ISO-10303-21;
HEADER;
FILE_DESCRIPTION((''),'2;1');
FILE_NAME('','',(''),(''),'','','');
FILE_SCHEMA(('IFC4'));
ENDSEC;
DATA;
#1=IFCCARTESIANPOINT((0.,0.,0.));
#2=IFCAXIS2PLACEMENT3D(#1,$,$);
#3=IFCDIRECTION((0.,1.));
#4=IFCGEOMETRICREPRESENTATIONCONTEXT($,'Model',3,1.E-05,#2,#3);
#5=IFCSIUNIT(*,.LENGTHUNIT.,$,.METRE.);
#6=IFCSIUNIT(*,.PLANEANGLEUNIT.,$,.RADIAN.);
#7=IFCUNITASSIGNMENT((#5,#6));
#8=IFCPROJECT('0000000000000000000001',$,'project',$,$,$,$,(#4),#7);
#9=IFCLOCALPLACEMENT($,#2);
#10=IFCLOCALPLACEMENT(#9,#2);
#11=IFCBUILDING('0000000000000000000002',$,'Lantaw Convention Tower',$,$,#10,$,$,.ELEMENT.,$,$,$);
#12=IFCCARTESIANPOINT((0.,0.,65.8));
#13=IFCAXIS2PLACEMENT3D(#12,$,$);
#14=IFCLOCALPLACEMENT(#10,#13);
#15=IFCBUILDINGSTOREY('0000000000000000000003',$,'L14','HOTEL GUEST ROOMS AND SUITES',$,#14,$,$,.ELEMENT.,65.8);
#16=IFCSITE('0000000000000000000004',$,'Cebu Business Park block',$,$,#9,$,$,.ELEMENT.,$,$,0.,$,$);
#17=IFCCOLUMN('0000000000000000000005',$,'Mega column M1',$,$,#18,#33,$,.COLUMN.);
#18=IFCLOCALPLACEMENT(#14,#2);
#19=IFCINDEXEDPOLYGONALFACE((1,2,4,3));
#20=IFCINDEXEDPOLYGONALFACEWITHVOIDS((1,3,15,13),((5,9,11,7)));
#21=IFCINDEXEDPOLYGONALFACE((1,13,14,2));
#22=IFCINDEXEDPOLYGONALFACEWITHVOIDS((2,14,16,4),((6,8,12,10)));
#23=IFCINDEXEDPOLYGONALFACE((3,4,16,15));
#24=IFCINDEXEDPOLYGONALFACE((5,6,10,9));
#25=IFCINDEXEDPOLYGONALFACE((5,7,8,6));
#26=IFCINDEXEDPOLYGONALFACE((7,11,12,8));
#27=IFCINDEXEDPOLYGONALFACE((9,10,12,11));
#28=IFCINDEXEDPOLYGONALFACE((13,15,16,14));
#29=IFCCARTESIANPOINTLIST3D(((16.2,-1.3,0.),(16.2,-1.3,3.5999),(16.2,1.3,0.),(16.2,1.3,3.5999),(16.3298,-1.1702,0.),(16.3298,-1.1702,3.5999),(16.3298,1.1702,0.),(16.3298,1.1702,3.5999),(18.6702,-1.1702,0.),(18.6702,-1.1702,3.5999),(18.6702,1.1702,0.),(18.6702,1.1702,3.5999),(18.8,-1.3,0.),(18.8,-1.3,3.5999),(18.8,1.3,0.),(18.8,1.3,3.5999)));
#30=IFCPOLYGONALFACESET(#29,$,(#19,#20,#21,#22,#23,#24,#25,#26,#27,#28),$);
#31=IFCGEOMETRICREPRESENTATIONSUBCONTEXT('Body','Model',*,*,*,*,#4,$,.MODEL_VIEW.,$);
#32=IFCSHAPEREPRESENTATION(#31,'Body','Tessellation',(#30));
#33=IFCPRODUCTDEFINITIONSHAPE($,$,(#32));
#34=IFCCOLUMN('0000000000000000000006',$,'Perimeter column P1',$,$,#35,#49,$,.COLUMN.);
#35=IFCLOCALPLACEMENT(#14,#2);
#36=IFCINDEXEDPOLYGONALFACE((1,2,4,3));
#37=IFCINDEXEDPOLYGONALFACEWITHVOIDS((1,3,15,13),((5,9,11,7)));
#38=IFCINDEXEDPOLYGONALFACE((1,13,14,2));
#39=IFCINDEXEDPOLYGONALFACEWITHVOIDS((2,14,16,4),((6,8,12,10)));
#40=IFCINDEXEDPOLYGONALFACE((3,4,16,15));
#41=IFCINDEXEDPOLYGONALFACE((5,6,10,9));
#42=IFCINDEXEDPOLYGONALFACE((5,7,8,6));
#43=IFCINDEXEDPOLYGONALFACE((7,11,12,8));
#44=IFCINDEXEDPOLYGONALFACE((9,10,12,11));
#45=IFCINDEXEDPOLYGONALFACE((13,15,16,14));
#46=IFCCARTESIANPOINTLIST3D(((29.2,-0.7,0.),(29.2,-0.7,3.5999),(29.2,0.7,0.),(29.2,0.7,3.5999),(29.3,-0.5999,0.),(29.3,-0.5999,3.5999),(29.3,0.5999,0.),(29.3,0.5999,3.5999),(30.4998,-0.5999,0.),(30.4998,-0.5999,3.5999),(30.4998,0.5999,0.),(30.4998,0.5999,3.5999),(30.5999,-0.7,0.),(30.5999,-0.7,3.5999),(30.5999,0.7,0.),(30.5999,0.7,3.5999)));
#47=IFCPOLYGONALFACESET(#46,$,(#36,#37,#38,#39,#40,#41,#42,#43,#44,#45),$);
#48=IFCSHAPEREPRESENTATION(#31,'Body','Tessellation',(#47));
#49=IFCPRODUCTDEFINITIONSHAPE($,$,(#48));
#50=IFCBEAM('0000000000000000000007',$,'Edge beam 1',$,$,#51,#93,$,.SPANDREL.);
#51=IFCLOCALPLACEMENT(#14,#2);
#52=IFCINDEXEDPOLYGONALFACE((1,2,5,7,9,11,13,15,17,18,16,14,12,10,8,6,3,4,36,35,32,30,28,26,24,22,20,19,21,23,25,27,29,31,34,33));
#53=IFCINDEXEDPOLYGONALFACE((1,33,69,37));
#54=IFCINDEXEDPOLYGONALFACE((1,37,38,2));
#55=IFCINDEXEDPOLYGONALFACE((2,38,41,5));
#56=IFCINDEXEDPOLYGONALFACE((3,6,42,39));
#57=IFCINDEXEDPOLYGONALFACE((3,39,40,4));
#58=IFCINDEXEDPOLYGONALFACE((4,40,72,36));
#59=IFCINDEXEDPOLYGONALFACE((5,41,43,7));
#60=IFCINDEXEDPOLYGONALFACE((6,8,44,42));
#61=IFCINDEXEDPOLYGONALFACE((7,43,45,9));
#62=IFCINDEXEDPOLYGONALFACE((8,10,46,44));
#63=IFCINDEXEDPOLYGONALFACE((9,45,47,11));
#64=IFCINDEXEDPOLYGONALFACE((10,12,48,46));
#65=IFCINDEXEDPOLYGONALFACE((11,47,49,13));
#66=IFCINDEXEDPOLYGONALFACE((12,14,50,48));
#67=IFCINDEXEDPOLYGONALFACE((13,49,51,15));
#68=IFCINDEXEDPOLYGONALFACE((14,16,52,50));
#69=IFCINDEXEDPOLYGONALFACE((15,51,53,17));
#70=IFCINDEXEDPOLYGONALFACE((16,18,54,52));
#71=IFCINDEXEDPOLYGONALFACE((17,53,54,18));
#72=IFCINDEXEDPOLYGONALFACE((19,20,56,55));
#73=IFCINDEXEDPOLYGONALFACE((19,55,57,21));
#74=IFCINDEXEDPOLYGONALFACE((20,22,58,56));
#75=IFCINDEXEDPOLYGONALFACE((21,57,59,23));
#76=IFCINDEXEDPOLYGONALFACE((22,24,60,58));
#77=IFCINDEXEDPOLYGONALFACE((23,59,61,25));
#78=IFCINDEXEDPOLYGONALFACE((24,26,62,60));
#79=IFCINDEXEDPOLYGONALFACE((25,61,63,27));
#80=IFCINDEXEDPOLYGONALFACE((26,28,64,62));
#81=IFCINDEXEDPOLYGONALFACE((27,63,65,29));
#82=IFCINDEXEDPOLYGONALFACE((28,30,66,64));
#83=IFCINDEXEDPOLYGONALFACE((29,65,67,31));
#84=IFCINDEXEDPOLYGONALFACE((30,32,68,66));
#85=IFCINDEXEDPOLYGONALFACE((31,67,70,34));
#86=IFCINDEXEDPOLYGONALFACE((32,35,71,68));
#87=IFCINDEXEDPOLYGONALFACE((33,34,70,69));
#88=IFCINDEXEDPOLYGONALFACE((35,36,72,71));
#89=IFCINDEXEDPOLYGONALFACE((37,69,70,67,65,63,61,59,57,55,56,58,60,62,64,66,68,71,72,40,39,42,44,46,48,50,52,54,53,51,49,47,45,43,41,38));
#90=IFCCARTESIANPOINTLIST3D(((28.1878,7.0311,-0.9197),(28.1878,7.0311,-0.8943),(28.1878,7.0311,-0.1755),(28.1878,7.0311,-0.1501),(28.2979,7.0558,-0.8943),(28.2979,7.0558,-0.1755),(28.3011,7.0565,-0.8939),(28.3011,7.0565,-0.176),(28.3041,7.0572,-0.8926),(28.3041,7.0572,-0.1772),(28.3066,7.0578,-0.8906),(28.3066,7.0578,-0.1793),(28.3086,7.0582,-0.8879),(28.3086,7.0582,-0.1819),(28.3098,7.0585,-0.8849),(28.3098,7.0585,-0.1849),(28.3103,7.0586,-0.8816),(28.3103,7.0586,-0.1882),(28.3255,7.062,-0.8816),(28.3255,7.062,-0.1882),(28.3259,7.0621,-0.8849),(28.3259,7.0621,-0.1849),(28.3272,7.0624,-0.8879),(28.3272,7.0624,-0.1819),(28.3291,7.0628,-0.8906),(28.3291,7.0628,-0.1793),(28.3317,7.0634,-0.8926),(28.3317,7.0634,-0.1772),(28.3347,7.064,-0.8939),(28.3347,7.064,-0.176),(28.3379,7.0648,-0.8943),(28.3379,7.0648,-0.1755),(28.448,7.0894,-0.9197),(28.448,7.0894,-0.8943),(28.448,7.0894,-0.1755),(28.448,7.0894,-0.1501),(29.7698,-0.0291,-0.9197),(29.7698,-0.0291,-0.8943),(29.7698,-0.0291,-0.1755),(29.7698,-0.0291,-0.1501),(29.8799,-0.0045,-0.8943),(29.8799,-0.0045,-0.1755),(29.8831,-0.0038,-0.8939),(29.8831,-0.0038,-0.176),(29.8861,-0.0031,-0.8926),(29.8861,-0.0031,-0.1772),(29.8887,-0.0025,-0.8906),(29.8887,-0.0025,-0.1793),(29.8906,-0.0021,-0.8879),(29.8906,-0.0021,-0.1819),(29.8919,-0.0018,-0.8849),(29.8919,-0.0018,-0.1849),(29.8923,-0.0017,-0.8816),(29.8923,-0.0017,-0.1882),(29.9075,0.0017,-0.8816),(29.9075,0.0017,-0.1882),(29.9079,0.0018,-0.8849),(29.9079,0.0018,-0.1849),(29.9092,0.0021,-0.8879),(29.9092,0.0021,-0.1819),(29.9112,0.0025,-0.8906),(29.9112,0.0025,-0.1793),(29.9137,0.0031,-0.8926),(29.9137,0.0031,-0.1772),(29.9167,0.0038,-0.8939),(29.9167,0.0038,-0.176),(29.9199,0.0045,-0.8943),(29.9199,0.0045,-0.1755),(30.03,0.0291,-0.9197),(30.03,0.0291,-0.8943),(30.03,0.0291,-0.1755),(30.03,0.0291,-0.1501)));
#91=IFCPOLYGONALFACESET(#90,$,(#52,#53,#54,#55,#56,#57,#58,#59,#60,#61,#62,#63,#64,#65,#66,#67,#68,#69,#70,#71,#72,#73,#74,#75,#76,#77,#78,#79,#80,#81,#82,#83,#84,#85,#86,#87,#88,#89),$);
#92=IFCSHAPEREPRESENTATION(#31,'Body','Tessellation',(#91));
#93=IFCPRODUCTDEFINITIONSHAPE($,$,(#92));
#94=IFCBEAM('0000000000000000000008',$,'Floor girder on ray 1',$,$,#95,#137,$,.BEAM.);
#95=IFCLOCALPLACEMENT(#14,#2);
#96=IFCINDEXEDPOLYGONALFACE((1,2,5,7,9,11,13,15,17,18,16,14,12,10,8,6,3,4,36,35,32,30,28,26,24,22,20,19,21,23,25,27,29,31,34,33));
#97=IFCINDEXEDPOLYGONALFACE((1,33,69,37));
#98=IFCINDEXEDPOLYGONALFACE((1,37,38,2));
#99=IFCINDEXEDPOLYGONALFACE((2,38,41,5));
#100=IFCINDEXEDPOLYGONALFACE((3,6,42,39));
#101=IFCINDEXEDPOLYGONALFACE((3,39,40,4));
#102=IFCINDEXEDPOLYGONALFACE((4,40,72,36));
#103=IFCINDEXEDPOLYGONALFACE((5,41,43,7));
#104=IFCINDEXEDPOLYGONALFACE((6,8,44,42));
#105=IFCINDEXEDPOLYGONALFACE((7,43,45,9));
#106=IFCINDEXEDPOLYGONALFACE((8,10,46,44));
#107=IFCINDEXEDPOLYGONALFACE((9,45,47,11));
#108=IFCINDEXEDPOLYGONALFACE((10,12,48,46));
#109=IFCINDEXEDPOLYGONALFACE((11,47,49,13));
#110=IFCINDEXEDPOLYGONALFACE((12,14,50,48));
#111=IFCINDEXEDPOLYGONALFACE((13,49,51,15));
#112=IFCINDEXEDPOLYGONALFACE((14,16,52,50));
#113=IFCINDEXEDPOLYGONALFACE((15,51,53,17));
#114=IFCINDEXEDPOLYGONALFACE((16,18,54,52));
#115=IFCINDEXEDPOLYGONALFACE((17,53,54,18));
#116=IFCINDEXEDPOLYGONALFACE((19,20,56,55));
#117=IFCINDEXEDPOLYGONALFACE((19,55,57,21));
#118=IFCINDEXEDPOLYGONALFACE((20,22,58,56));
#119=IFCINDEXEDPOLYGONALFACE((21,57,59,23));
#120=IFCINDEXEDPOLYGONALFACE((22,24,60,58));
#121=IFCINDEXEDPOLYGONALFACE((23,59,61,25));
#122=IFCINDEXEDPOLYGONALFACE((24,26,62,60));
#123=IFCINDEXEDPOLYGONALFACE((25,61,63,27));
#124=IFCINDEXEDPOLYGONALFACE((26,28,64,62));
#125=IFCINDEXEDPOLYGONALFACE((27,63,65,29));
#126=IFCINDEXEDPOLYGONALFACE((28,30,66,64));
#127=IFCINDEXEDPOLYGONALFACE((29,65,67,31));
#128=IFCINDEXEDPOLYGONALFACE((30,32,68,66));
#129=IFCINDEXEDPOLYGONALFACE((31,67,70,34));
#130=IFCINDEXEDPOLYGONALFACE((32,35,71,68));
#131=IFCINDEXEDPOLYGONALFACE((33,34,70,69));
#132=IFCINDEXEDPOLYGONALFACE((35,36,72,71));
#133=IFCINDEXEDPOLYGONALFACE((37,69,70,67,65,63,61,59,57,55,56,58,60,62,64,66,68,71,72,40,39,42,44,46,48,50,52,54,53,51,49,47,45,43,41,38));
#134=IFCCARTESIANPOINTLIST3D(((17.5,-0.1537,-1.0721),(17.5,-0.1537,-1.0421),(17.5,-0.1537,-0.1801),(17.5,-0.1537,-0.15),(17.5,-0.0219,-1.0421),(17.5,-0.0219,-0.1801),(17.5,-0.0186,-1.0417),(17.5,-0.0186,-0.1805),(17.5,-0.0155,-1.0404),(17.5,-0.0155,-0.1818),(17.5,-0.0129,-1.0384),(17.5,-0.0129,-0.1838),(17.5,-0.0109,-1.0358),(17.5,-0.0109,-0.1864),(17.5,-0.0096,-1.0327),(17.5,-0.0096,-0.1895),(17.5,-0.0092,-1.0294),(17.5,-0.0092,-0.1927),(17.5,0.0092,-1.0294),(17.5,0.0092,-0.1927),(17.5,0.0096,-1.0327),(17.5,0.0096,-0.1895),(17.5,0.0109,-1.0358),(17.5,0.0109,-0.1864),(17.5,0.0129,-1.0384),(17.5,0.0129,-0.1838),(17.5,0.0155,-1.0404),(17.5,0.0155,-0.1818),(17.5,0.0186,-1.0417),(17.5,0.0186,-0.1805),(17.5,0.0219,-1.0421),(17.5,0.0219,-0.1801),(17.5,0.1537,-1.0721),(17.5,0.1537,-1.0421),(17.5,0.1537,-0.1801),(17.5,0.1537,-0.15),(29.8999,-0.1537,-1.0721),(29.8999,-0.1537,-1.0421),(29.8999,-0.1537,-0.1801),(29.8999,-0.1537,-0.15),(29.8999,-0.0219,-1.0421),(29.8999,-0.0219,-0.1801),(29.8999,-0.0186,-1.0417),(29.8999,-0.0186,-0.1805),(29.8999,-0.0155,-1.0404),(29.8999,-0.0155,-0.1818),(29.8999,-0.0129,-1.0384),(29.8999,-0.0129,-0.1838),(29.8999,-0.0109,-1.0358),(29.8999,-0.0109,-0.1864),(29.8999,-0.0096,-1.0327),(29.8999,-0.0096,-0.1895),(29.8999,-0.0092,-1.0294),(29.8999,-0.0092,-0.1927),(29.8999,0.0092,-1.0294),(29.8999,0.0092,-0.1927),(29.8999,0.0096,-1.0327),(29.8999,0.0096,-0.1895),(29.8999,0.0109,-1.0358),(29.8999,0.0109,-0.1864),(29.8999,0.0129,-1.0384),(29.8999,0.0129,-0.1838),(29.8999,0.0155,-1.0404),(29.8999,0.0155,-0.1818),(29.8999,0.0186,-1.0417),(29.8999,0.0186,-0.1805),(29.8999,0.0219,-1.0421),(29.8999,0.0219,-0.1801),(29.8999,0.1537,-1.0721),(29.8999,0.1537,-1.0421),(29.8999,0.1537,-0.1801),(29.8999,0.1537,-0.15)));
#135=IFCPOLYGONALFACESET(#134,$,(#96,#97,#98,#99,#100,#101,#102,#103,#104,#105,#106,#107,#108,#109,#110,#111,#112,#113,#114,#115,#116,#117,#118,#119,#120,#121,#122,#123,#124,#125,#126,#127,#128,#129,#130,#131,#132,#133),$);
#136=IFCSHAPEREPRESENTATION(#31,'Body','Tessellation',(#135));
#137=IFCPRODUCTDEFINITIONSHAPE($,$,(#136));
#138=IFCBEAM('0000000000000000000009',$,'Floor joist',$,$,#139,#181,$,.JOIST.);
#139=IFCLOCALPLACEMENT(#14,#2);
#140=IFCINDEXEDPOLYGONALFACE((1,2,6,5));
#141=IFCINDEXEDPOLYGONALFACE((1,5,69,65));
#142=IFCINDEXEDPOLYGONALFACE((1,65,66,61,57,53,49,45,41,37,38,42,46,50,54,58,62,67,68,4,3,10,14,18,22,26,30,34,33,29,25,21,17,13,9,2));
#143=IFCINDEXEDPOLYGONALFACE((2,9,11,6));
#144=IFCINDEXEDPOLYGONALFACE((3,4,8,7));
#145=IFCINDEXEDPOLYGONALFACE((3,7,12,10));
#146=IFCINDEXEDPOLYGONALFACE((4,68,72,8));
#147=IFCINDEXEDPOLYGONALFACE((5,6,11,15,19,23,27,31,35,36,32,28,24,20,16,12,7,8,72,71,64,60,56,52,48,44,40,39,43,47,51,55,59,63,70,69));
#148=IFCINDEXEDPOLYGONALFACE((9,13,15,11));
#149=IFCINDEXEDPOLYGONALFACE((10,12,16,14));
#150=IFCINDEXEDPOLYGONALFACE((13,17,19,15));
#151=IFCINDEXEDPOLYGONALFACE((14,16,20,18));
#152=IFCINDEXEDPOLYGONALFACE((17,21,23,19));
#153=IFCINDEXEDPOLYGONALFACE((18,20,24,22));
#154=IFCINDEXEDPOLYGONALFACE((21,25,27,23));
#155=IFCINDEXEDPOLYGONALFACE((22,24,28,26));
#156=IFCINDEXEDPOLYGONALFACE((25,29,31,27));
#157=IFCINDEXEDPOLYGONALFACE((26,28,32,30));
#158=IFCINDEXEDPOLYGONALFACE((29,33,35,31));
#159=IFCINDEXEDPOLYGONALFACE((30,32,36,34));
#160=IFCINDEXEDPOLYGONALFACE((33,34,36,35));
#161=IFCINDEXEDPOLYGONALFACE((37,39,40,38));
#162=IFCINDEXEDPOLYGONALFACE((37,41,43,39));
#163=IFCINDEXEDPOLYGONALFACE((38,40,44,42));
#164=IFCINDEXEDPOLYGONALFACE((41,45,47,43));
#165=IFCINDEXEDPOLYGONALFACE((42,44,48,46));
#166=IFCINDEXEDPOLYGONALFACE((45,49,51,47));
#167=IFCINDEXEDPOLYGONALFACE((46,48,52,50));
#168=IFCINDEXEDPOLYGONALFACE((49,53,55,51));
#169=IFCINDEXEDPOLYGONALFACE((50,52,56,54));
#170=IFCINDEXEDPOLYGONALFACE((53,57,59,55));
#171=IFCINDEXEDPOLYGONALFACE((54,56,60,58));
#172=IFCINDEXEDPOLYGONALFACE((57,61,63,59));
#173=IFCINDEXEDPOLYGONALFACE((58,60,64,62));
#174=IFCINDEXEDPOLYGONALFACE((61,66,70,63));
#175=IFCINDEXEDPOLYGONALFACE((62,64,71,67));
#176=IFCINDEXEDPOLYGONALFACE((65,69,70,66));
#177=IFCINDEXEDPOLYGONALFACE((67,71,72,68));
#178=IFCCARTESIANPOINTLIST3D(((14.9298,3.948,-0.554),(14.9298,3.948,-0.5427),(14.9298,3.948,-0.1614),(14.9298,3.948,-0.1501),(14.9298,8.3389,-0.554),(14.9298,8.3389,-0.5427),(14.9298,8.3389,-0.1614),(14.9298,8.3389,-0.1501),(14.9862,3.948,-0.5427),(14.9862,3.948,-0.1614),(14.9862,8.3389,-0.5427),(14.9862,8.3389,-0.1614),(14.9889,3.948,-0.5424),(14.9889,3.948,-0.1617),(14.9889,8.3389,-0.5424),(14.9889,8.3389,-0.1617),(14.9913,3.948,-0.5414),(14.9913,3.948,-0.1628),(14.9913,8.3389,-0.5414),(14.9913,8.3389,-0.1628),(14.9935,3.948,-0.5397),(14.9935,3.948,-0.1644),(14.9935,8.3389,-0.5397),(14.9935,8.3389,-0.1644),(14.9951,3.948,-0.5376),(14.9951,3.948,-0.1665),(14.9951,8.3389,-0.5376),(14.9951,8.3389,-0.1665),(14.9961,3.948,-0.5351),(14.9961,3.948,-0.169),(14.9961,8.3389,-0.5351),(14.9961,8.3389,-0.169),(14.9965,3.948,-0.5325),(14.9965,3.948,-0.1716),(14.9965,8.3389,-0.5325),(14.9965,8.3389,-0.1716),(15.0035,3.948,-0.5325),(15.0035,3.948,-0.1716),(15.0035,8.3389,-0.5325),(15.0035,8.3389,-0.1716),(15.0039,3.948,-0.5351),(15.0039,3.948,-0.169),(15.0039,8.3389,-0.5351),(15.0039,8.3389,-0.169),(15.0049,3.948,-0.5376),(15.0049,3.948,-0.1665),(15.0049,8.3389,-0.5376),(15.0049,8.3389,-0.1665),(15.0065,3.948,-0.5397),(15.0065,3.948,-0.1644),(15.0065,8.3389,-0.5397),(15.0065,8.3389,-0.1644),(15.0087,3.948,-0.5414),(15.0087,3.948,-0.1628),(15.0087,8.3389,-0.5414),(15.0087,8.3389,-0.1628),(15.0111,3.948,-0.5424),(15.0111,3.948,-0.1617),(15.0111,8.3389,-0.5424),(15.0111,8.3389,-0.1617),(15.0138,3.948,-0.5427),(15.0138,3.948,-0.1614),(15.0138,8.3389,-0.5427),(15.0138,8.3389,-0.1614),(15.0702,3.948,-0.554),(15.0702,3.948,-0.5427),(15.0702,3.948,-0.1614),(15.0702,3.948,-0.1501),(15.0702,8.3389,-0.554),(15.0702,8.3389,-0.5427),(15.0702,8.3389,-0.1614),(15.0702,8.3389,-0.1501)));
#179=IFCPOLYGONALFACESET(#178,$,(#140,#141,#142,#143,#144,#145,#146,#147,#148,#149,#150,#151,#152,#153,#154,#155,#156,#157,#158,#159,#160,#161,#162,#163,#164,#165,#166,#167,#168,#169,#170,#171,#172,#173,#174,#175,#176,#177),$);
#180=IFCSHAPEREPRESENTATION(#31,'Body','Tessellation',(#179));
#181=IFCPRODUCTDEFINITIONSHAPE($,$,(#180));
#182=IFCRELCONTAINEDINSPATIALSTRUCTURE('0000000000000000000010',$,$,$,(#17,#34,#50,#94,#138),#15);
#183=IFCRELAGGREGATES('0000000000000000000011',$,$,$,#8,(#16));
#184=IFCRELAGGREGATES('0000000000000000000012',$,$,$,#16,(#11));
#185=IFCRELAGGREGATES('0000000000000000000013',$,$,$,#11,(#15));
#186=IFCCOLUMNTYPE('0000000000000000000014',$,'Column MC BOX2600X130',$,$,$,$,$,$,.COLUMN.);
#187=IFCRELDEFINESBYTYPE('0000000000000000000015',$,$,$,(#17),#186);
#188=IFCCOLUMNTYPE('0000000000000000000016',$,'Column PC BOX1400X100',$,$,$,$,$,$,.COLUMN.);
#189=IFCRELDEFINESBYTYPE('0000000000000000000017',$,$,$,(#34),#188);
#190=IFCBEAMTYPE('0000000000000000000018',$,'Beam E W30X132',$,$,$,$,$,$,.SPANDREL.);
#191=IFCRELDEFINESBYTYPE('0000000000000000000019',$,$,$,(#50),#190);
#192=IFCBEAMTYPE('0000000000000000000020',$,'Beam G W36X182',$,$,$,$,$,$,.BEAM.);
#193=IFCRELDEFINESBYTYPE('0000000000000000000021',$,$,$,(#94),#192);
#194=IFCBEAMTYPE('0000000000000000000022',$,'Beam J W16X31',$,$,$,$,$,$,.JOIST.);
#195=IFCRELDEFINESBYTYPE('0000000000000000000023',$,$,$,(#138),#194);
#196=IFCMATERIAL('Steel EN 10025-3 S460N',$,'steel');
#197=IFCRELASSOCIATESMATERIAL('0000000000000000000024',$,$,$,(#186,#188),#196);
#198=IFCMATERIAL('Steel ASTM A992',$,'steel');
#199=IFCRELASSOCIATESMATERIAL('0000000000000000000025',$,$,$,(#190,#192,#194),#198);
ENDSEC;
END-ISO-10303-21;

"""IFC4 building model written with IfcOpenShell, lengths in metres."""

from ifc_helpers import new_model, si_unit, direction, frame, origin, origin_2d, place, context, subcontext, project, spatial, rectangle, hollow_rectangle, i_section, extrude, material, material_profile, profile_set, type_object, element, save


model = new_model("IFC4")

# Units and contexts
model_context = context("Model", 3, precision=1e-05, world=origin(), true_north=direction((0.0, 1.0)))
body_context = subcontext(model_context, "Body", "Model", "MODEL_VIEW")
ifc_project = project(units=[si_unit("LENGTHUNIT", "METRE"), si_unit("PLANEANGLEUNIT", "RADIAN")], contexts=[model_context])

# Site, building, storey
site_placement = place(None, origin())
site = spatial("IfcSite", under=ifc_project, at=site_placement, Name="Cebu Business Park block", CompositionType="ELEMENT", RefElevation=0.0)
building_placement = place(site_placement, origin())
building = spatial("IfcBuilding", under=site, at=building_placement, Name="Lantaw Convention Tower", CompositionType="ELEMENT")
storey_placement = place(building_placement, frame((0.0, 0.0, 65.8)))
storey = spatial("IfcBuildingStorey", under=building, at=storey_placement, Name="L14", Description="HOTEL GUEST ROOMS AND SUITES", CompositionType="ELEMENT", Elevation=65.8)

# Columns
ifc_material_1 = material(Name="Steel EN 10025-3 S460N", Category="steel")
ifc_material_profile_1 = material_profile(ifc_material_1, hollow_rectangle(XDim=2.6001, YDim=2.6001, WallThickness=0.1299, at=origin_2d()), Name="BOX2600X130")
ifc_material_2 = material(Name="Concrete C60/75", Category="concrete")
ifc_material_profile_2 = material_profile(ifc_material_2, rectangle(XDim=2.3401, YDim=2.3401, at=origin_2d()), Name="Concrete fill of BOX2600X130")
ifc_profile_set_1 = profile_set([ifc_material_profile_1, ifc_material_profile_2], Name="Steel EN 10025-3 S460N")
column_type_1 = type_object("IfcColumnType", Name="Column MC BOX2600X130", PredefinedType="COLUMN", material=ifc_profile_set_1)
column_1_placement = place(storey_placement, frame((17.5, 0.0, 0.0), z_axis=(0.0, 0.0, 1.0), x_axis=(1.0, 0.0, 0.0)))
element("IfcColumn", 1, at=column_1_placement, inside=storey, type_object=column_type_1, Name="Mega column M1", PredefinedType="COLUMN", context=body_context, shape_type="SweptSolid", body=[
    extrude(hollow_rectangle(XDim=2.6001, YDim=2.6001, WallThickness=0.1299, at=origin_2d()), origin(), (0.0, 0.0, 1.0), 3.5999),
])
ifc_material_profile_3 = material_profile(ifc_material_1, hollow_rectangle(XDim=1.3999, YDim=1.3999, WallThickness=0.1001, at=origin_2d()), Name="BOX1400X100")
ifc_material_profile_4 = material_profile(ifc_material_2, rectangle(XDim=1.2, YDim=1.2, at=origin_2d()), Name="Concrete fill of BOX1400X100")
ifc_profile_set_2 = profile_set([ifc_material_profile_3, ifc_material_profile_4], Name="Steel EN 10025-3 S460N")
column_type_2 = type_object("IfcColumnType", Name="Column PC BOX1400X100", PredefinedType="COLUMN", material=ifc_profile_set_2)
column_2_placement = place(storey_placement, frame((29.8999, 0.0, 0.0), z_axis=(0.0, 0.0, 1.0), x_axis=(1.0, 0.0, 0.0)))
element("IfcColumn", 2, at=column_2_placement, inside=storey, type_object=column_type_2, Name="Perimeter column P1", PredefinedType="COLUMN", context=body_context, shape_type="SweptSolid", body=[
    extrude(hollow_rectangle(XDim=1.3999, YDim=1.3999, WallThickness=0.1001, at=origin_2d()), origin(), (0.0, 0.0, 1.0), 3.5999),
])

# Beams
ifc_material_3 = material(Name="Steel ASTM A992", Category="steel")
ifc_material_profile_5 = material_profile(ifc_material_3, i_section(OverallWidth=0.2666, OverallDepth=0.7695, WebThickness=0.0156, FlangeThickness=0.0254, FilletRadius=0.0127, at=origin_2d()), Name="W30X132")
ifc_profile_set_3 = profile_set([ifc_material_profile_5], Name="Steel ASTM A992")
beam_type_1 = type_object("IfcBeamType", Name="Beam E W30X132", PredefinedType="SPANDREL", material=ifc_profile_set_3)
beam_1_placement = place(storey_placement, frame((29.8999, 0.0, -0.5349), z_axis=(-0.218652, 0.975803, 0.0), x_axis=(-0.975803, -0.218652, 0.0)))
element("IfcBeam", 3, at=beam_1_placement, inside=storey, type_object=beam_type_1, Name="Edge beam 1", PredefinedType="SPANDREL", context=body_context, shape_type="SweptSolid", body=[
    extrude(i_section(OverallWidth=0.2666, OverallDepth=0.7695, WebThickness=0.0156, FlangeThickness=0.0254, FilletRadius=0.0127, at=origin_2d()), origin(), (0.0, 0.0, 1.0), 7.2354),
])
ifc_material_profile_6 = material_profile(ifc_material_3, i_section(OverallWidth=0.3074, OverallDepth=0.9221, WebThickness=0.0183, FlangeThickness=0.03, FilletRadius=0.0127, at=origin_2d()), Name="W36X182")
ifc_profile_set_4 = profile_set([ifc_material_profile_6], Name="Steel ASTM A992")
beam_type_2 = type_object("IfcBeamType", Name="Beam G W36X182", PredefinedType="BEAM", material=ifc_profile_set_4)
beam_2_placement = place(storey_placement, frame((17.5, 0.0, -0.6111), z_axis=(1.0, 0.0, 0.0), x_axis=(0.0, 1.0, 0.0)))
element("IfcBeam", 4, at=beam_2_placement, inside=storey, type_object=beam_type_2, Name="Floor girder on ray 1", PredefinedType="BEAM", context=body_context, shape_type="SweptSolid", body=[
    extrude(i_section(OverallWidth=0.3074, OverallDepth=0.9221, WebThickness=0.0183, FlangeThickness=0.03, FilletRadius=0.0127, at=origin_2d()), origin(), (0.0, 0.0, 1.0), 12.3999),
])
ifc_material_profile_7 = material_profile(ifc_material_3, i_section(OverallWidth=0.1404, OverallDepth=0.4038, WebThickness=0.0071, FlangeThickness=0.0112, FilletRadius=0.0103, at=origin_2d()), Name="W16X31")
ifc_profile_set_5 = profile_set([ifc_material_profile_7], Name="Steel ASTM A992")
beam_type_3 = type_object("IfcBeamType", Name="Beam J W16X31", PredefinedType="JOIST", material=ifc_profile_set_5)
beam_3_placement = place(storey_placement, frame((15.0, 3.948, -0.3521), z_axis=(0.0, 1.0, 0.0), x_axis=(-1.0, 0.0, 0.0)))
element("IfcBeam", 5, at=beam_3_placement, inside=storey, type_object=beam_type_3, Name="Floor joist", PredefinedType="JOIST", context=body_context, shape_type="SweptSolid", body=[
    extrude(i_section(OverallWidth=0.1404, OverallDepth=0.4038, WebThickness=0.0071, FlangeThickness=0.0112, FilletRadius=0.0103, at=origin_2d()), origin(), (0.0, 0.0, 1.0), 4.3909),
])

save(model, "model.ifc")
